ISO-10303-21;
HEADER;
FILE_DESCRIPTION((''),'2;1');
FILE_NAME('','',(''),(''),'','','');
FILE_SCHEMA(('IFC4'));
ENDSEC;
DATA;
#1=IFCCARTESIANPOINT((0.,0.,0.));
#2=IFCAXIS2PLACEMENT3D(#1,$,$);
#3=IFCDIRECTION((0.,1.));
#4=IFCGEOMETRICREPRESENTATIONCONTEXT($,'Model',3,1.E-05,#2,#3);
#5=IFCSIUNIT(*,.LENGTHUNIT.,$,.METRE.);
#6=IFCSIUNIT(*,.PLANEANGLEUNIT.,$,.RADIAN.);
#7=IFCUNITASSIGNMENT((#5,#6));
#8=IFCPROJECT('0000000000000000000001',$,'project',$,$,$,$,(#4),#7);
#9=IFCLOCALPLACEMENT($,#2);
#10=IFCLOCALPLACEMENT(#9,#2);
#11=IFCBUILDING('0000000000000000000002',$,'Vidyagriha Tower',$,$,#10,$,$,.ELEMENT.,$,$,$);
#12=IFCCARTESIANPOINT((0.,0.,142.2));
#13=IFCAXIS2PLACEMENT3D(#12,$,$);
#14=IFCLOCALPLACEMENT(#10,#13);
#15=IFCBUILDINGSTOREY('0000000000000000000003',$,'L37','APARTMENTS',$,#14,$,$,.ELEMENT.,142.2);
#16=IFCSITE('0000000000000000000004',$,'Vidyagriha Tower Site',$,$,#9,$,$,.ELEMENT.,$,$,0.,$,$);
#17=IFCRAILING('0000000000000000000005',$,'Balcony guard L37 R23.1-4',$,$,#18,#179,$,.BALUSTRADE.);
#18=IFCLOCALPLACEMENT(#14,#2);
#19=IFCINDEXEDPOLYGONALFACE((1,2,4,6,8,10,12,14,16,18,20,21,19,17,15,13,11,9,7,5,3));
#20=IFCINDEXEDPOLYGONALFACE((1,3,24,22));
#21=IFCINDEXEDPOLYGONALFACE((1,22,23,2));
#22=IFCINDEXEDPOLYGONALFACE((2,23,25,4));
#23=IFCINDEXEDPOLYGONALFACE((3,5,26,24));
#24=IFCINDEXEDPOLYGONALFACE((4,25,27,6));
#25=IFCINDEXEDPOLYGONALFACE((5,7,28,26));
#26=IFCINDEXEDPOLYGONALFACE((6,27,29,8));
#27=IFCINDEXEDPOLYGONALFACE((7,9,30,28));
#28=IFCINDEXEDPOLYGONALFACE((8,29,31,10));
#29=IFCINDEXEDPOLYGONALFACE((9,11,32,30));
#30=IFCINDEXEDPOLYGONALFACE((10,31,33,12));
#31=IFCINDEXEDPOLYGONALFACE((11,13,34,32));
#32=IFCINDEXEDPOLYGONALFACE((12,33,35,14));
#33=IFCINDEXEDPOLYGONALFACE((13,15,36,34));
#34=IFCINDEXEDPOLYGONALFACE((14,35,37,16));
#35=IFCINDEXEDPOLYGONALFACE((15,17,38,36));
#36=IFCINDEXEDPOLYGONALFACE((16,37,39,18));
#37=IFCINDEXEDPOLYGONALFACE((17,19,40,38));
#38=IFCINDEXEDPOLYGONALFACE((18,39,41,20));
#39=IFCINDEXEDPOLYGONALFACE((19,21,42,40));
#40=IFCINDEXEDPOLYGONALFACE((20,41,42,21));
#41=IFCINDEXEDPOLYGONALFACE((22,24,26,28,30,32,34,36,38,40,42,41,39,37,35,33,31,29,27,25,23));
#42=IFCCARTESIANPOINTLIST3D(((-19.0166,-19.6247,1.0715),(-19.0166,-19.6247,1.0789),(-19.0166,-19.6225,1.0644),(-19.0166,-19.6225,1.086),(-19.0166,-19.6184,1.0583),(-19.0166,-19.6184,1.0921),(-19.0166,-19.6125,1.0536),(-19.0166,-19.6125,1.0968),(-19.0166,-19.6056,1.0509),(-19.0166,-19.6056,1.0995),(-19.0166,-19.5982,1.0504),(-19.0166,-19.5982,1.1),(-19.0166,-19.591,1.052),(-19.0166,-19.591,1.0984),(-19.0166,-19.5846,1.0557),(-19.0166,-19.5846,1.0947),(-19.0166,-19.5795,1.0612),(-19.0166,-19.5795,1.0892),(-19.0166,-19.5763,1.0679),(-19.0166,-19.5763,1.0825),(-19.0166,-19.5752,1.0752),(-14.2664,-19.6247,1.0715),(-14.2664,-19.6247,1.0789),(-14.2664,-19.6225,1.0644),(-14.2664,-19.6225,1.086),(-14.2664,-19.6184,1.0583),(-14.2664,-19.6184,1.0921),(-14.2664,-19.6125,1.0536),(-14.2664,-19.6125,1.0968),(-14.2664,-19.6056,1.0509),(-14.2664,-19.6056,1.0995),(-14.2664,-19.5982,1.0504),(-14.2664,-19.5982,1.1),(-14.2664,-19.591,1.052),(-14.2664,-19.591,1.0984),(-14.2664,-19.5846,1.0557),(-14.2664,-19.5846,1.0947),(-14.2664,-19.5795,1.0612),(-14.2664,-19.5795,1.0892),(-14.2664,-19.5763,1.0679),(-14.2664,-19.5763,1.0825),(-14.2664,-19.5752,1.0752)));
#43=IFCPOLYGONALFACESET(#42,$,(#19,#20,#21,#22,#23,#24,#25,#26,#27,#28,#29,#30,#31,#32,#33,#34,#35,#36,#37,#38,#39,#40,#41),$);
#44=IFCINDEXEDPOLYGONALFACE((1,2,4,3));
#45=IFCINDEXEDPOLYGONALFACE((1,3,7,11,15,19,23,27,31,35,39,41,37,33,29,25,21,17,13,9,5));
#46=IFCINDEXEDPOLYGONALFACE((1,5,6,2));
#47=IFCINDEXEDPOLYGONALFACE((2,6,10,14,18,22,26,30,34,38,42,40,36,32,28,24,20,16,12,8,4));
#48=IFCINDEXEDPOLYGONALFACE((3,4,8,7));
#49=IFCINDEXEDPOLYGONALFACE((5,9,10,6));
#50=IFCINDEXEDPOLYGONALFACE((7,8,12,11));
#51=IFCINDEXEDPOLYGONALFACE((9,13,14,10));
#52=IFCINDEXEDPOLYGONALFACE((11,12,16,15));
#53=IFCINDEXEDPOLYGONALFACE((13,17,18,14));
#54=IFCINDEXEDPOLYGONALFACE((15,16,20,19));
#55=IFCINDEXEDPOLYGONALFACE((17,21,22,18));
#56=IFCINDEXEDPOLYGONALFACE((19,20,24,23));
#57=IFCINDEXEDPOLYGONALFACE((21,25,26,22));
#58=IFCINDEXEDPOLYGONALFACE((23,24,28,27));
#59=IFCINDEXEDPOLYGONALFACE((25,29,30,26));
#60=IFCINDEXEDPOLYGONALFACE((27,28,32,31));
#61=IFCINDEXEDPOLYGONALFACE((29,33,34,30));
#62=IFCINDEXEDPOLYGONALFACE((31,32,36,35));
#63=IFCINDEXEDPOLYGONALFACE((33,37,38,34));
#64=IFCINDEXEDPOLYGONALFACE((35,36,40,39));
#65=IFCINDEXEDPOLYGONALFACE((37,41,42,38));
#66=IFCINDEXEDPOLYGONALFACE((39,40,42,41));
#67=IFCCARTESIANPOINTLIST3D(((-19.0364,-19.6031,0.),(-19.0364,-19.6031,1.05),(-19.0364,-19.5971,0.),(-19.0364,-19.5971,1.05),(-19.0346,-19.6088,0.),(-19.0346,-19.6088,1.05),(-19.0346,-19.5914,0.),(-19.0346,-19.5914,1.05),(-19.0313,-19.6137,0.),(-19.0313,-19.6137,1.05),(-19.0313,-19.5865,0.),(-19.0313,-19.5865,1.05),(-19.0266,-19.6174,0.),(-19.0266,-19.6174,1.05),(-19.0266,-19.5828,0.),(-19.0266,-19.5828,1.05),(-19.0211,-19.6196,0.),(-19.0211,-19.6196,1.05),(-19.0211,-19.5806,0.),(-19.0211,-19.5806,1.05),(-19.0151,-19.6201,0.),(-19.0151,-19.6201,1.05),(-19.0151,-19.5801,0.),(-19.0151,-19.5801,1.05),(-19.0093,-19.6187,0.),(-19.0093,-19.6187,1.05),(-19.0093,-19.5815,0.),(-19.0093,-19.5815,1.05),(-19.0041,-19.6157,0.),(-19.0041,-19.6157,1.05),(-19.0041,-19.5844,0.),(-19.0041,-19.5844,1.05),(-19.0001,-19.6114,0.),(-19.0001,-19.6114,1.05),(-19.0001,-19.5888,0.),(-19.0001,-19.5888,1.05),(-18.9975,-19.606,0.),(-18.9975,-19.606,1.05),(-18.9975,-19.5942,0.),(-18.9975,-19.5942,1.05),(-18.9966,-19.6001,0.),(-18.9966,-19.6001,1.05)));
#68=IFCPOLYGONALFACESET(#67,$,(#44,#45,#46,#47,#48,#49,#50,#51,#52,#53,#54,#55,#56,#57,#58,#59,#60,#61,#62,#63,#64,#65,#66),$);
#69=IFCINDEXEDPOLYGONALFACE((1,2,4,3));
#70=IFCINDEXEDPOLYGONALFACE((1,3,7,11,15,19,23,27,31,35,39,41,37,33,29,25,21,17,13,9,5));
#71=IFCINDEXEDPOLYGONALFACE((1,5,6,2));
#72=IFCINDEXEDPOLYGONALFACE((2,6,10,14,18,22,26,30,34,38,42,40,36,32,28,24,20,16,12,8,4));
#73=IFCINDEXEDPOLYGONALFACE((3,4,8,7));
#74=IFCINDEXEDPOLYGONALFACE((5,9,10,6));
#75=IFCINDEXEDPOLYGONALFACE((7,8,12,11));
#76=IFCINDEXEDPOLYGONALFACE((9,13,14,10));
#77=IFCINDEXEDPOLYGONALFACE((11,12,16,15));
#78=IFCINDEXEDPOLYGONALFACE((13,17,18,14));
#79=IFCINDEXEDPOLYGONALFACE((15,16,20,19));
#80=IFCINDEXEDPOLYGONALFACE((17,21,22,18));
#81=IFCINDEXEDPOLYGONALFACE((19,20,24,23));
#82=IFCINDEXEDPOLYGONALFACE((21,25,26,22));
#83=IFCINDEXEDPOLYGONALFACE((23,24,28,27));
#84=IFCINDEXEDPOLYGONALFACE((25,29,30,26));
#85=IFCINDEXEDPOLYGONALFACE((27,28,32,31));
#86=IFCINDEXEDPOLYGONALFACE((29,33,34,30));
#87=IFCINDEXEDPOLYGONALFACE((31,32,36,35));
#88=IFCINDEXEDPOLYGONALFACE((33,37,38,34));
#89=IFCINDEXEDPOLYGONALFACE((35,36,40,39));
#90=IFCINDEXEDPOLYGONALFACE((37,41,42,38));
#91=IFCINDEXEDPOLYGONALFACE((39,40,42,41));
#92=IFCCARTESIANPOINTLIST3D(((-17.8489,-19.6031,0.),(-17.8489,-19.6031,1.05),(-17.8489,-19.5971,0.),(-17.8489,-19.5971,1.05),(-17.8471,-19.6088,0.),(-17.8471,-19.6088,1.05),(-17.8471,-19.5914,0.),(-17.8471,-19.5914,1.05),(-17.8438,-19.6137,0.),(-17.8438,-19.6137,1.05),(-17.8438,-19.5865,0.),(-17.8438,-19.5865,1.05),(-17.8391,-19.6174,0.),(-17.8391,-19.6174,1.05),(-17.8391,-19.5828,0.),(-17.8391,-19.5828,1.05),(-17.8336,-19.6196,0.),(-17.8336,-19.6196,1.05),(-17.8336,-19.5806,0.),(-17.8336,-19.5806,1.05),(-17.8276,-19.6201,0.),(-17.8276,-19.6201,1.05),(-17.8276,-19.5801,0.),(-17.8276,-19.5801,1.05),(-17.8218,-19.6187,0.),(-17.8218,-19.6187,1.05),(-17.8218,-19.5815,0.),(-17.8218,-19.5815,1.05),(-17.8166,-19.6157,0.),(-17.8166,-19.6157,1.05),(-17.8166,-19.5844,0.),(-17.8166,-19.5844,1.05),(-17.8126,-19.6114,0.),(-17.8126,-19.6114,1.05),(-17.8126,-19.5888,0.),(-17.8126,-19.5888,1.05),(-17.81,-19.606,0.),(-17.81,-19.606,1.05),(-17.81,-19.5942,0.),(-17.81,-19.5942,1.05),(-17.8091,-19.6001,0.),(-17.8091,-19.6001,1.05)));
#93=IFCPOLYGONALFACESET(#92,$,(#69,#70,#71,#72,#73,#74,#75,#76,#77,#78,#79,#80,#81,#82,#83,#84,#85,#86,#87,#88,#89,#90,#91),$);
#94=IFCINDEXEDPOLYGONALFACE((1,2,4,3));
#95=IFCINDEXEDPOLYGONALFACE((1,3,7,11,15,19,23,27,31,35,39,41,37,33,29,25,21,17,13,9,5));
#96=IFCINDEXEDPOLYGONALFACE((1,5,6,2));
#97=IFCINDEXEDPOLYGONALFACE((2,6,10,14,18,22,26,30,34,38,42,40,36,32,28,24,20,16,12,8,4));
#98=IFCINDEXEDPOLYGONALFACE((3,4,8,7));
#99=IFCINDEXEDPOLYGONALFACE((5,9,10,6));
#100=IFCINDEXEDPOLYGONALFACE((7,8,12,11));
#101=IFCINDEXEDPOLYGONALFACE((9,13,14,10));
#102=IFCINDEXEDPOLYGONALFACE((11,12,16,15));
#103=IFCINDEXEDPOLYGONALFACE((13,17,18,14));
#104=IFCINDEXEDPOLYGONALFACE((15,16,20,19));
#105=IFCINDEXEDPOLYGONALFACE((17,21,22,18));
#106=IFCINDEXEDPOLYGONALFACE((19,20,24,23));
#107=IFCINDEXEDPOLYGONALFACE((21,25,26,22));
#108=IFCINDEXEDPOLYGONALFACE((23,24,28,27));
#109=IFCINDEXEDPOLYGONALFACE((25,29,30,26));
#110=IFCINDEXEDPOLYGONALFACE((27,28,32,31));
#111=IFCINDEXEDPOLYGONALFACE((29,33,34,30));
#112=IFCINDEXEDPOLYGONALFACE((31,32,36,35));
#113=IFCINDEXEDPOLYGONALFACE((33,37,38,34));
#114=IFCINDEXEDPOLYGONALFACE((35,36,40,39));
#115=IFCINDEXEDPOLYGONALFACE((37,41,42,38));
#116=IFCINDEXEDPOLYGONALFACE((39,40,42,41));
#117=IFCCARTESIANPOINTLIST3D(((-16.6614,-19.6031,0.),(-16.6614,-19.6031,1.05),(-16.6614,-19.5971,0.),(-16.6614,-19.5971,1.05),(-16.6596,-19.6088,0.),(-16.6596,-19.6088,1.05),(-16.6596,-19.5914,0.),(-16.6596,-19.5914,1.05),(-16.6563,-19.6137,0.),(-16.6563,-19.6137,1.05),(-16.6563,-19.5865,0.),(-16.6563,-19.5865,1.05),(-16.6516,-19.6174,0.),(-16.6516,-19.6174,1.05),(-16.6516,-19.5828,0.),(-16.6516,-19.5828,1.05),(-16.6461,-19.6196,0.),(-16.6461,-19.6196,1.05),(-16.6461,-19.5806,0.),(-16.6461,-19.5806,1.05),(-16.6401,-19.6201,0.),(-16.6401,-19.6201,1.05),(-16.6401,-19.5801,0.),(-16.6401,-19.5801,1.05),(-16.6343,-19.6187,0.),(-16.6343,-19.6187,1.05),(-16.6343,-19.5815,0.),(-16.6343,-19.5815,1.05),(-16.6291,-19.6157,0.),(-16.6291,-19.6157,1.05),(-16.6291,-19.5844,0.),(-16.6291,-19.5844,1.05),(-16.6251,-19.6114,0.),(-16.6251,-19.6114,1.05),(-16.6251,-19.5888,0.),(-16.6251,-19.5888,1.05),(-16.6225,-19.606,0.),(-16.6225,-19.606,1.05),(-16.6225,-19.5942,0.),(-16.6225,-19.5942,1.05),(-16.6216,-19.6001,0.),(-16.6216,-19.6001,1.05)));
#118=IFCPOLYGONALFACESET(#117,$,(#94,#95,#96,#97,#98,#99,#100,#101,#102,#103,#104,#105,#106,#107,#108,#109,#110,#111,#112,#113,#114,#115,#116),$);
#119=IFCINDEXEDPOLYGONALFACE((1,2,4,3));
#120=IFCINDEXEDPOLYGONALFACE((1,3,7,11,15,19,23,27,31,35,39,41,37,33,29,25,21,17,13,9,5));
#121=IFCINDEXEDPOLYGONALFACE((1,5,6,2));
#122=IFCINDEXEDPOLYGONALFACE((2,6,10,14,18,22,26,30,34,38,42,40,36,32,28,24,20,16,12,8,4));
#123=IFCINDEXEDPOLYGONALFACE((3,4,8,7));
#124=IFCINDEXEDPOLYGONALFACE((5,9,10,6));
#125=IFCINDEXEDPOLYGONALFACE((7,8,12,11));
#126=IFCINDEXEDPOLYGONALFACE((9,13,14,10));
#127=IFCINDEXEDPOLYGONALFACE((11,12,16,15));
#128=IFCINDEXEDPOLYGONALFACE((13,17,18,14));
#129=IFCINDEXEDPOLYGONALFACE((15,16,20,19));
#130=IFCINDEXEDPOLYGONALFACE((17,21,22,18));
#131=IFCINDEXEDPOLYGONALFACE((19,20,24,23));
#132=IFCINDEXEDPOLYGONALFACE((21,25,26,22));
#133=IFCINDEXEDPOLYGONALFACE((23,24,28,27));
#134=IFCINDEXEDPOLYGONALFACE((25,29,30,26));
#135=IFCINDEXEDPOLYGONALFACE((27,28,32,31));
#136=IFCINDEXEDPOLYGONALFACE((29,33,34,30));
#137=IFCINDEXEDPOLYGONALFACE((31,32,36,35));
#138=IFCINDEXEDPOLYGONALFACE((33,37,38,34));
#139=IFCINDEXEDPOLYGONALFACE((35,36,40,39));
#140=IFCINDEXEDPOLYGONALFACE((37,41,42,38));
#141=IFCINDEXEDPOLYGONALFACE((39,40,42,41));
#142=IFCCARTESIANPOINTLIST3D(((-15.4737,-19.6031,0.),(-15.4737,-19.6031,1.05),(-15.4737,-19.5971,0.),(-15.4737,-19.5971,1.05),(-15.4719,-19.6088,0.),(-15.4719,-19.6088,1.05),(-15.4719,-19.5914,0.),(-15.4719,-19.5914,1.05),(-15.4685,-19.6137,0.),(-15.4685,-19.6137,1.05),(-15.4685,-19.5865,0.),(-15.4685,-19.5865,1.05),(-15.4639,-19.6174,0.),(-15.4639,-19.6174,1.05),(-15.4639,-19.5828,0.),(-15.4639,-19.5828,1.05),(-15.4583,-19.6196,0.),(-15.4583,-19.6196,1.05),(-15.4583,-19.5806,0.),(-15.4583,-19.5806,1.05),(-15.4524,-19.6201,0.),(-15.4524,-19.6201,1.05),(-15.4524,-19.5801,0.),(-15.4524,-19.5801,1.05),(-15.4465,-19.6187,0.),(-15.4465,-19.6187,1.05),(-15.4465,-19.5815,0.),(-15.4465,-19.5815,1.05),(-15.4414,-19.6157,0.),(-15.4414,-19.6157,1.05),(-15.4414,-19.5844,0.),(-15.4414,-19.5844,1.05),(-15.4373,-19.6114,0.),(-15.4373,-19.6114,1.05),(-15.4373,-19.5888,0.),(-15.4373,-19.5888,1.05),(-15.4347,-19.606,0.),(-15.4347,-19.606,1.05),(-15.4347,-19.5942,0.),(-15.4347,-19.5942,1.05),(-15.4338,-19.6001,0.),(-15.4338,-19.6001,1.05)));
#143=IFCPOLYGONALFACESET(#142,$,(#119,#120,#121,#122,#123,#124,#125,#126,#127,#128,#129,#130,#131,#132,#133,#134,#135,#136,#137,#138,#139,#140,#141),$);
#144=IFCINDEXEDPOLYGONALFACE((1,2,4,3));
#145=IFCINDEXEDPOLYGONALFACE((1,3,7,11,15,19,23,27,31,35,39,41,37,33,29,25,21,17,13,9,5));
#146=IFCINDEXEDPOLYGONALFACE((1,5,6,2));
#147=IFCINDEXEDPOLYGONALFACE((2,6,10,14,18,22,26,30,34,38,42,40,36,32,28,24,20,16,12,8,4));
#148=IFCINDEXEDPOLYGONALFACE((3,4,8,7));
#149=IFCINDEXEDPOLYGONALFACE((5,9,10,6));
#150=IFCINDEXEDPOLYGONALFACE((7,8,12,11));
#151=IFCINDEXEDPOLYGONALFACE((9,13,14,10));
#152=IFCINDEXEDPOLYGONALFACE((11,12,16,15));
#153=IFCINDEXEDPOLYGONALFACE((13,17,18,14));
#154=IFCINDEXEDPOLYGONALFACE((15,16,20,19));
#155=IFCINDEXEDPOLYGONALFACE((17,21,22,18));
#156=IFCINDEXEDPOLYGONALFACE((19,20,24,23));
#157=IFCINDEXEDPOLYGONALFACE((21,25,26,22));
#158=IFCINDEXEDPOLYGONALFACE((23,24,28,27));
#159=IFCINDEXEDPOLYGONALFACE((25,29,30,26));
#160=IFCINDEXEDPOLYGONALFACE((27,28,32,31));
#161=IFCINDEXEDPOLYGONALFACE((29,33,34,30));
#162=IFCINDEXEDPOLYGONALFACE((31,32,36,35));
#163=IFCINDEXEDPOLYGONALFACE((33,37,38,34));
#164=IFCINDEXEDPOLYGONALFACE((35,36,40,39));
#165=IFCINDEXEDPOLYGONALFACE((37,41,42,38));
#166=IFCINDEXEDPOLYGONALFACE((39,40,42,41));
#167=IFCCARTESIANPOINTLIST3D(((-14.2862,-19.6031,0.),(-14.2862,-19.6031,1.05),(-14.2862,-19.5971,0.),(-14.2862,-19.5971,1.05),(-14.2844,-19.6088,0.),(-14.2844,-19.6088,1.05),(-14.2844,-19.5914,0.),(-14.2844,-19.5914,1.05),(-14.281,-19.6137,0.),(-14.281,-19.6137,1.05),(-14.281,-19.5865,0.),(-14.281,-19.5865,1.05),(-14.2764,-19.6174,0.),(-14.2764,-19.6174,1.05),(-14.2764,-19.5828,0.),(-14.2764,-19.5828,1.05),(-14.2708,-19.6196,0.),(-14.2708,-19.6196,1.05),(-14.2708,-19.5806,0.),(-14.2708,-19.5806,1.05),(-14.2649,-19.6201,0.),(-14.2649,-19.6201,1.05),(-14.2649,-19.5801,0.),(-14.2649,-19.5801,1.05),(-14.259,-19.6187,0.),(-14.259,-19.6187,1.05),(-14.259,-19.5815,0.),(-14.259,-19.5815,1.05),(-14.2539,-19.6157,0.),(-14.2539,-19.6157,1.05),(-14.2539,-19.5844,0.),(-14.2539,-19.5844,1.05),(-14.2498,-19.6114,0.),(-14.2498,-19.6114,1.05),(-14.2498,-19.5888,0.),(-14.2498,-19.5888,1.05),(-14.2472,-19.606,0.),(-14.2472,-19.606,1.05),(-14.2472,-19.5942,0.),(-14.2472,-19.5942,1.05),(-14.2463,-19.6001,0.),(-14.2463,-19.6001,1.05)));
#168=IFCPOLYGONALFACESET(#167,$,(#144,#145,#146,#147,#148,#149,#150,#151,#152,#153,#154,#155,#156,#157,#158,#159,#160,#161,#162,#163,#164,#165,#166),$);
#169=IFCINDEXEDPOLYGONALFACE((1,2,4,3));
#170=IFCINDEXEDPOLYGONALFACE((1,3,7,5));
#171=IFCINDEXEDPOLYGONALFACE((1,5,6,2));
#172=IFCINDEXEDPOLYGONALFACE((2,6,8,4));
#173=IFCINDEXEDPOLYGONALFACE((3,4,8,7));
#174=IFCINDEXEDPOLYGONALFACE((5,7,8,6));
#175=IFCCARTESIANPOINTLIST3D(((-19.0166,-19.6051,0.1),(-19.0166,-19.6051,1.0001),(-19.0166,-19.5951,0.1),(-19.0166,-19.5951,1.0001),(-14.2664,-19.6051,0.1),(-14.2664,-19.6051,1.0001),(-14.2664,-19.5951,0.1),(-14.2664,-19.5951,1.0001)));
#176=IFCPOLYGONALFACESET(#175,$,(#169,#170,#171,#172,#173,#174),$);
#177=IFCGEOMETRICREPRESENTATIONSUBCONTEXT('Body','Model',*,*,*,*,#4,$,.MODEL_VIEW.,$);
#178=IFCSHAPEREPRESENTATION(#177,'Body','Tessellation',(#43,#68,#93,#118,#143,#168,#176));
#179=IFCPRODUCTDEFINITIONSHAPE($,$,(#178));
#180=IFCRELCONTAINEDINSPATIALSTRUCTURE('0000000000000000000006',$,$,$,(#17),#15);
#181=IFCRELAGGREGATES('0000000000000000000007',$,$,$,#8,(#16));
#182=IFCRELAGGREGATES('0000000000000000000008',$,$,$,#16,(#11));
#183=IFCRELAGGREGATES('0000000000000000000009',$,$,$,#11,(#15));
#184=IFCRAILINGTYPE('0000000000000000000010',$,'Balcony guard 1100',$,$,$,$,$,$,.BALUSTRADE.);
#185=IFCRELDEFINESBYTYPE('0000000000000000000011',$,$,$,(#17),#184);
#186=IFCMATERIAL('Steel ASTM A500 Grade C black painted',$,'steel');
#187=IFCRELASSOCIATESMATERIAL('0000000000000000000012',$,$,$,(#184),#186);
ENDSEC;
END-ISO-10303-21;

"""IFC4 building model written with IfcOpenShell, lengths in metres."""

from ifc_helpers import new_model, si_unit, direction, frame, origin, origin_2d, place, context, subcontext, project, spatial, rectangle, circle, extrude, material, type_object, element, save


model = new_model("IFC4")

# Units and contexts
model_context = context("Model", 3, precision=1e-05, world=origin(), true_north=direction((0.0, 1.0)))
body_context = subcontext(model_context, "Body", "Model", "MODEL_VIEW")
ifc_project = project(units=[si_unit("LENGTHUNIT", "METRE"), si_unit("PLANEANGLEUNIT", "RADIAN")], contexts=[model_context])

# Site, building, storey
site_placement = place(None, origin())
site = spatial("IfcSite", under=ifc_project, at=site_placement, Name="Vidyagriha Tower Site", CompositionType="ELEMENT", RefElevation=0.0)
building_placement = place(site_placement, origin())
building = spatial("IfcBuilding", under=site, at=building_placement, Name="Vidyagriha Tower", CompositionType="ELEMENT")
storey_placement = place(building_placement, frame((0.0, 0.0, 142.2)))
storey = spatial("IfcBuildingStorey", under=building, at=storey_placement, Name="L37", Description="APARTMENTS", CompositionType="ELEMENT", Elevation=142.2)

# Railing
ifc_material_1 = material(Name="Steel ASTM A500 Grade C black painted", Category="steel")
railing_type = type_object("IfcRailingType", Name="Balcony guard 1100", PredefinedType="BALUSTRADE", material=ifc_material_1)
railing_1_placement = place(storey_placement, frame((-19.0166, -19.6001, 0.0)))
element("IfcRailing", 1, at=railing_1_placement, inside=storey, type_object=railing_type, Name="Balcony guard L37 R23.1-4", PredefinedType="BALUSTRADE", context=body_context, shape_type="SweptSolid", body=[
    extrude(circle(Radius=0.0249, at=origin_2d()), frame((0.0, 0.0, 1.0752), z_axis=(1.0, 0.0, 0.0), x_axis=(0.0, 1.0, 0.0)), (0.0, 0.0, 1.0), 4.7502),
    extrude(circle(Radius=0.02, at=origin_2d()), origin(), (0.0, 0.0, 1.0), 1.05),
    extrude(circle(Radius=0.02, at=origin_2d()), frame((1.1875, 0.0, 0.0)), (0.0, 0.0, 1.0), 1.05),
    extrude(circle(Radius=0.02, at=origin_2d()), frame((2.375, 0.0, 0.0)), (0.0, 0.0, 1.0), 1.05),
    extrude(circle(Radius=0.02, at=origin_2d()), frame((3.5627, 0.0, 0.0)), (0.0, 0.0, 1.0), 1.05),
    extrude(circle(Radius=0.02, at=origin_2d()), frame((4.7502, 0.0, 0.0)), (0.0, 0.0, 1.0), 1.05),
    extrude(rectangle(XDim=0.01, YDim=0.9001, at=origin_2d()), frame((0.0, 0.0, 0.55), z_axis=(1.0, 0.0, 0.0), x_axis=(0.0, 1.0, 0.0)), (0.0, 0.0, 1.0), 4.7502),
])

save(model, "model.ifc")
